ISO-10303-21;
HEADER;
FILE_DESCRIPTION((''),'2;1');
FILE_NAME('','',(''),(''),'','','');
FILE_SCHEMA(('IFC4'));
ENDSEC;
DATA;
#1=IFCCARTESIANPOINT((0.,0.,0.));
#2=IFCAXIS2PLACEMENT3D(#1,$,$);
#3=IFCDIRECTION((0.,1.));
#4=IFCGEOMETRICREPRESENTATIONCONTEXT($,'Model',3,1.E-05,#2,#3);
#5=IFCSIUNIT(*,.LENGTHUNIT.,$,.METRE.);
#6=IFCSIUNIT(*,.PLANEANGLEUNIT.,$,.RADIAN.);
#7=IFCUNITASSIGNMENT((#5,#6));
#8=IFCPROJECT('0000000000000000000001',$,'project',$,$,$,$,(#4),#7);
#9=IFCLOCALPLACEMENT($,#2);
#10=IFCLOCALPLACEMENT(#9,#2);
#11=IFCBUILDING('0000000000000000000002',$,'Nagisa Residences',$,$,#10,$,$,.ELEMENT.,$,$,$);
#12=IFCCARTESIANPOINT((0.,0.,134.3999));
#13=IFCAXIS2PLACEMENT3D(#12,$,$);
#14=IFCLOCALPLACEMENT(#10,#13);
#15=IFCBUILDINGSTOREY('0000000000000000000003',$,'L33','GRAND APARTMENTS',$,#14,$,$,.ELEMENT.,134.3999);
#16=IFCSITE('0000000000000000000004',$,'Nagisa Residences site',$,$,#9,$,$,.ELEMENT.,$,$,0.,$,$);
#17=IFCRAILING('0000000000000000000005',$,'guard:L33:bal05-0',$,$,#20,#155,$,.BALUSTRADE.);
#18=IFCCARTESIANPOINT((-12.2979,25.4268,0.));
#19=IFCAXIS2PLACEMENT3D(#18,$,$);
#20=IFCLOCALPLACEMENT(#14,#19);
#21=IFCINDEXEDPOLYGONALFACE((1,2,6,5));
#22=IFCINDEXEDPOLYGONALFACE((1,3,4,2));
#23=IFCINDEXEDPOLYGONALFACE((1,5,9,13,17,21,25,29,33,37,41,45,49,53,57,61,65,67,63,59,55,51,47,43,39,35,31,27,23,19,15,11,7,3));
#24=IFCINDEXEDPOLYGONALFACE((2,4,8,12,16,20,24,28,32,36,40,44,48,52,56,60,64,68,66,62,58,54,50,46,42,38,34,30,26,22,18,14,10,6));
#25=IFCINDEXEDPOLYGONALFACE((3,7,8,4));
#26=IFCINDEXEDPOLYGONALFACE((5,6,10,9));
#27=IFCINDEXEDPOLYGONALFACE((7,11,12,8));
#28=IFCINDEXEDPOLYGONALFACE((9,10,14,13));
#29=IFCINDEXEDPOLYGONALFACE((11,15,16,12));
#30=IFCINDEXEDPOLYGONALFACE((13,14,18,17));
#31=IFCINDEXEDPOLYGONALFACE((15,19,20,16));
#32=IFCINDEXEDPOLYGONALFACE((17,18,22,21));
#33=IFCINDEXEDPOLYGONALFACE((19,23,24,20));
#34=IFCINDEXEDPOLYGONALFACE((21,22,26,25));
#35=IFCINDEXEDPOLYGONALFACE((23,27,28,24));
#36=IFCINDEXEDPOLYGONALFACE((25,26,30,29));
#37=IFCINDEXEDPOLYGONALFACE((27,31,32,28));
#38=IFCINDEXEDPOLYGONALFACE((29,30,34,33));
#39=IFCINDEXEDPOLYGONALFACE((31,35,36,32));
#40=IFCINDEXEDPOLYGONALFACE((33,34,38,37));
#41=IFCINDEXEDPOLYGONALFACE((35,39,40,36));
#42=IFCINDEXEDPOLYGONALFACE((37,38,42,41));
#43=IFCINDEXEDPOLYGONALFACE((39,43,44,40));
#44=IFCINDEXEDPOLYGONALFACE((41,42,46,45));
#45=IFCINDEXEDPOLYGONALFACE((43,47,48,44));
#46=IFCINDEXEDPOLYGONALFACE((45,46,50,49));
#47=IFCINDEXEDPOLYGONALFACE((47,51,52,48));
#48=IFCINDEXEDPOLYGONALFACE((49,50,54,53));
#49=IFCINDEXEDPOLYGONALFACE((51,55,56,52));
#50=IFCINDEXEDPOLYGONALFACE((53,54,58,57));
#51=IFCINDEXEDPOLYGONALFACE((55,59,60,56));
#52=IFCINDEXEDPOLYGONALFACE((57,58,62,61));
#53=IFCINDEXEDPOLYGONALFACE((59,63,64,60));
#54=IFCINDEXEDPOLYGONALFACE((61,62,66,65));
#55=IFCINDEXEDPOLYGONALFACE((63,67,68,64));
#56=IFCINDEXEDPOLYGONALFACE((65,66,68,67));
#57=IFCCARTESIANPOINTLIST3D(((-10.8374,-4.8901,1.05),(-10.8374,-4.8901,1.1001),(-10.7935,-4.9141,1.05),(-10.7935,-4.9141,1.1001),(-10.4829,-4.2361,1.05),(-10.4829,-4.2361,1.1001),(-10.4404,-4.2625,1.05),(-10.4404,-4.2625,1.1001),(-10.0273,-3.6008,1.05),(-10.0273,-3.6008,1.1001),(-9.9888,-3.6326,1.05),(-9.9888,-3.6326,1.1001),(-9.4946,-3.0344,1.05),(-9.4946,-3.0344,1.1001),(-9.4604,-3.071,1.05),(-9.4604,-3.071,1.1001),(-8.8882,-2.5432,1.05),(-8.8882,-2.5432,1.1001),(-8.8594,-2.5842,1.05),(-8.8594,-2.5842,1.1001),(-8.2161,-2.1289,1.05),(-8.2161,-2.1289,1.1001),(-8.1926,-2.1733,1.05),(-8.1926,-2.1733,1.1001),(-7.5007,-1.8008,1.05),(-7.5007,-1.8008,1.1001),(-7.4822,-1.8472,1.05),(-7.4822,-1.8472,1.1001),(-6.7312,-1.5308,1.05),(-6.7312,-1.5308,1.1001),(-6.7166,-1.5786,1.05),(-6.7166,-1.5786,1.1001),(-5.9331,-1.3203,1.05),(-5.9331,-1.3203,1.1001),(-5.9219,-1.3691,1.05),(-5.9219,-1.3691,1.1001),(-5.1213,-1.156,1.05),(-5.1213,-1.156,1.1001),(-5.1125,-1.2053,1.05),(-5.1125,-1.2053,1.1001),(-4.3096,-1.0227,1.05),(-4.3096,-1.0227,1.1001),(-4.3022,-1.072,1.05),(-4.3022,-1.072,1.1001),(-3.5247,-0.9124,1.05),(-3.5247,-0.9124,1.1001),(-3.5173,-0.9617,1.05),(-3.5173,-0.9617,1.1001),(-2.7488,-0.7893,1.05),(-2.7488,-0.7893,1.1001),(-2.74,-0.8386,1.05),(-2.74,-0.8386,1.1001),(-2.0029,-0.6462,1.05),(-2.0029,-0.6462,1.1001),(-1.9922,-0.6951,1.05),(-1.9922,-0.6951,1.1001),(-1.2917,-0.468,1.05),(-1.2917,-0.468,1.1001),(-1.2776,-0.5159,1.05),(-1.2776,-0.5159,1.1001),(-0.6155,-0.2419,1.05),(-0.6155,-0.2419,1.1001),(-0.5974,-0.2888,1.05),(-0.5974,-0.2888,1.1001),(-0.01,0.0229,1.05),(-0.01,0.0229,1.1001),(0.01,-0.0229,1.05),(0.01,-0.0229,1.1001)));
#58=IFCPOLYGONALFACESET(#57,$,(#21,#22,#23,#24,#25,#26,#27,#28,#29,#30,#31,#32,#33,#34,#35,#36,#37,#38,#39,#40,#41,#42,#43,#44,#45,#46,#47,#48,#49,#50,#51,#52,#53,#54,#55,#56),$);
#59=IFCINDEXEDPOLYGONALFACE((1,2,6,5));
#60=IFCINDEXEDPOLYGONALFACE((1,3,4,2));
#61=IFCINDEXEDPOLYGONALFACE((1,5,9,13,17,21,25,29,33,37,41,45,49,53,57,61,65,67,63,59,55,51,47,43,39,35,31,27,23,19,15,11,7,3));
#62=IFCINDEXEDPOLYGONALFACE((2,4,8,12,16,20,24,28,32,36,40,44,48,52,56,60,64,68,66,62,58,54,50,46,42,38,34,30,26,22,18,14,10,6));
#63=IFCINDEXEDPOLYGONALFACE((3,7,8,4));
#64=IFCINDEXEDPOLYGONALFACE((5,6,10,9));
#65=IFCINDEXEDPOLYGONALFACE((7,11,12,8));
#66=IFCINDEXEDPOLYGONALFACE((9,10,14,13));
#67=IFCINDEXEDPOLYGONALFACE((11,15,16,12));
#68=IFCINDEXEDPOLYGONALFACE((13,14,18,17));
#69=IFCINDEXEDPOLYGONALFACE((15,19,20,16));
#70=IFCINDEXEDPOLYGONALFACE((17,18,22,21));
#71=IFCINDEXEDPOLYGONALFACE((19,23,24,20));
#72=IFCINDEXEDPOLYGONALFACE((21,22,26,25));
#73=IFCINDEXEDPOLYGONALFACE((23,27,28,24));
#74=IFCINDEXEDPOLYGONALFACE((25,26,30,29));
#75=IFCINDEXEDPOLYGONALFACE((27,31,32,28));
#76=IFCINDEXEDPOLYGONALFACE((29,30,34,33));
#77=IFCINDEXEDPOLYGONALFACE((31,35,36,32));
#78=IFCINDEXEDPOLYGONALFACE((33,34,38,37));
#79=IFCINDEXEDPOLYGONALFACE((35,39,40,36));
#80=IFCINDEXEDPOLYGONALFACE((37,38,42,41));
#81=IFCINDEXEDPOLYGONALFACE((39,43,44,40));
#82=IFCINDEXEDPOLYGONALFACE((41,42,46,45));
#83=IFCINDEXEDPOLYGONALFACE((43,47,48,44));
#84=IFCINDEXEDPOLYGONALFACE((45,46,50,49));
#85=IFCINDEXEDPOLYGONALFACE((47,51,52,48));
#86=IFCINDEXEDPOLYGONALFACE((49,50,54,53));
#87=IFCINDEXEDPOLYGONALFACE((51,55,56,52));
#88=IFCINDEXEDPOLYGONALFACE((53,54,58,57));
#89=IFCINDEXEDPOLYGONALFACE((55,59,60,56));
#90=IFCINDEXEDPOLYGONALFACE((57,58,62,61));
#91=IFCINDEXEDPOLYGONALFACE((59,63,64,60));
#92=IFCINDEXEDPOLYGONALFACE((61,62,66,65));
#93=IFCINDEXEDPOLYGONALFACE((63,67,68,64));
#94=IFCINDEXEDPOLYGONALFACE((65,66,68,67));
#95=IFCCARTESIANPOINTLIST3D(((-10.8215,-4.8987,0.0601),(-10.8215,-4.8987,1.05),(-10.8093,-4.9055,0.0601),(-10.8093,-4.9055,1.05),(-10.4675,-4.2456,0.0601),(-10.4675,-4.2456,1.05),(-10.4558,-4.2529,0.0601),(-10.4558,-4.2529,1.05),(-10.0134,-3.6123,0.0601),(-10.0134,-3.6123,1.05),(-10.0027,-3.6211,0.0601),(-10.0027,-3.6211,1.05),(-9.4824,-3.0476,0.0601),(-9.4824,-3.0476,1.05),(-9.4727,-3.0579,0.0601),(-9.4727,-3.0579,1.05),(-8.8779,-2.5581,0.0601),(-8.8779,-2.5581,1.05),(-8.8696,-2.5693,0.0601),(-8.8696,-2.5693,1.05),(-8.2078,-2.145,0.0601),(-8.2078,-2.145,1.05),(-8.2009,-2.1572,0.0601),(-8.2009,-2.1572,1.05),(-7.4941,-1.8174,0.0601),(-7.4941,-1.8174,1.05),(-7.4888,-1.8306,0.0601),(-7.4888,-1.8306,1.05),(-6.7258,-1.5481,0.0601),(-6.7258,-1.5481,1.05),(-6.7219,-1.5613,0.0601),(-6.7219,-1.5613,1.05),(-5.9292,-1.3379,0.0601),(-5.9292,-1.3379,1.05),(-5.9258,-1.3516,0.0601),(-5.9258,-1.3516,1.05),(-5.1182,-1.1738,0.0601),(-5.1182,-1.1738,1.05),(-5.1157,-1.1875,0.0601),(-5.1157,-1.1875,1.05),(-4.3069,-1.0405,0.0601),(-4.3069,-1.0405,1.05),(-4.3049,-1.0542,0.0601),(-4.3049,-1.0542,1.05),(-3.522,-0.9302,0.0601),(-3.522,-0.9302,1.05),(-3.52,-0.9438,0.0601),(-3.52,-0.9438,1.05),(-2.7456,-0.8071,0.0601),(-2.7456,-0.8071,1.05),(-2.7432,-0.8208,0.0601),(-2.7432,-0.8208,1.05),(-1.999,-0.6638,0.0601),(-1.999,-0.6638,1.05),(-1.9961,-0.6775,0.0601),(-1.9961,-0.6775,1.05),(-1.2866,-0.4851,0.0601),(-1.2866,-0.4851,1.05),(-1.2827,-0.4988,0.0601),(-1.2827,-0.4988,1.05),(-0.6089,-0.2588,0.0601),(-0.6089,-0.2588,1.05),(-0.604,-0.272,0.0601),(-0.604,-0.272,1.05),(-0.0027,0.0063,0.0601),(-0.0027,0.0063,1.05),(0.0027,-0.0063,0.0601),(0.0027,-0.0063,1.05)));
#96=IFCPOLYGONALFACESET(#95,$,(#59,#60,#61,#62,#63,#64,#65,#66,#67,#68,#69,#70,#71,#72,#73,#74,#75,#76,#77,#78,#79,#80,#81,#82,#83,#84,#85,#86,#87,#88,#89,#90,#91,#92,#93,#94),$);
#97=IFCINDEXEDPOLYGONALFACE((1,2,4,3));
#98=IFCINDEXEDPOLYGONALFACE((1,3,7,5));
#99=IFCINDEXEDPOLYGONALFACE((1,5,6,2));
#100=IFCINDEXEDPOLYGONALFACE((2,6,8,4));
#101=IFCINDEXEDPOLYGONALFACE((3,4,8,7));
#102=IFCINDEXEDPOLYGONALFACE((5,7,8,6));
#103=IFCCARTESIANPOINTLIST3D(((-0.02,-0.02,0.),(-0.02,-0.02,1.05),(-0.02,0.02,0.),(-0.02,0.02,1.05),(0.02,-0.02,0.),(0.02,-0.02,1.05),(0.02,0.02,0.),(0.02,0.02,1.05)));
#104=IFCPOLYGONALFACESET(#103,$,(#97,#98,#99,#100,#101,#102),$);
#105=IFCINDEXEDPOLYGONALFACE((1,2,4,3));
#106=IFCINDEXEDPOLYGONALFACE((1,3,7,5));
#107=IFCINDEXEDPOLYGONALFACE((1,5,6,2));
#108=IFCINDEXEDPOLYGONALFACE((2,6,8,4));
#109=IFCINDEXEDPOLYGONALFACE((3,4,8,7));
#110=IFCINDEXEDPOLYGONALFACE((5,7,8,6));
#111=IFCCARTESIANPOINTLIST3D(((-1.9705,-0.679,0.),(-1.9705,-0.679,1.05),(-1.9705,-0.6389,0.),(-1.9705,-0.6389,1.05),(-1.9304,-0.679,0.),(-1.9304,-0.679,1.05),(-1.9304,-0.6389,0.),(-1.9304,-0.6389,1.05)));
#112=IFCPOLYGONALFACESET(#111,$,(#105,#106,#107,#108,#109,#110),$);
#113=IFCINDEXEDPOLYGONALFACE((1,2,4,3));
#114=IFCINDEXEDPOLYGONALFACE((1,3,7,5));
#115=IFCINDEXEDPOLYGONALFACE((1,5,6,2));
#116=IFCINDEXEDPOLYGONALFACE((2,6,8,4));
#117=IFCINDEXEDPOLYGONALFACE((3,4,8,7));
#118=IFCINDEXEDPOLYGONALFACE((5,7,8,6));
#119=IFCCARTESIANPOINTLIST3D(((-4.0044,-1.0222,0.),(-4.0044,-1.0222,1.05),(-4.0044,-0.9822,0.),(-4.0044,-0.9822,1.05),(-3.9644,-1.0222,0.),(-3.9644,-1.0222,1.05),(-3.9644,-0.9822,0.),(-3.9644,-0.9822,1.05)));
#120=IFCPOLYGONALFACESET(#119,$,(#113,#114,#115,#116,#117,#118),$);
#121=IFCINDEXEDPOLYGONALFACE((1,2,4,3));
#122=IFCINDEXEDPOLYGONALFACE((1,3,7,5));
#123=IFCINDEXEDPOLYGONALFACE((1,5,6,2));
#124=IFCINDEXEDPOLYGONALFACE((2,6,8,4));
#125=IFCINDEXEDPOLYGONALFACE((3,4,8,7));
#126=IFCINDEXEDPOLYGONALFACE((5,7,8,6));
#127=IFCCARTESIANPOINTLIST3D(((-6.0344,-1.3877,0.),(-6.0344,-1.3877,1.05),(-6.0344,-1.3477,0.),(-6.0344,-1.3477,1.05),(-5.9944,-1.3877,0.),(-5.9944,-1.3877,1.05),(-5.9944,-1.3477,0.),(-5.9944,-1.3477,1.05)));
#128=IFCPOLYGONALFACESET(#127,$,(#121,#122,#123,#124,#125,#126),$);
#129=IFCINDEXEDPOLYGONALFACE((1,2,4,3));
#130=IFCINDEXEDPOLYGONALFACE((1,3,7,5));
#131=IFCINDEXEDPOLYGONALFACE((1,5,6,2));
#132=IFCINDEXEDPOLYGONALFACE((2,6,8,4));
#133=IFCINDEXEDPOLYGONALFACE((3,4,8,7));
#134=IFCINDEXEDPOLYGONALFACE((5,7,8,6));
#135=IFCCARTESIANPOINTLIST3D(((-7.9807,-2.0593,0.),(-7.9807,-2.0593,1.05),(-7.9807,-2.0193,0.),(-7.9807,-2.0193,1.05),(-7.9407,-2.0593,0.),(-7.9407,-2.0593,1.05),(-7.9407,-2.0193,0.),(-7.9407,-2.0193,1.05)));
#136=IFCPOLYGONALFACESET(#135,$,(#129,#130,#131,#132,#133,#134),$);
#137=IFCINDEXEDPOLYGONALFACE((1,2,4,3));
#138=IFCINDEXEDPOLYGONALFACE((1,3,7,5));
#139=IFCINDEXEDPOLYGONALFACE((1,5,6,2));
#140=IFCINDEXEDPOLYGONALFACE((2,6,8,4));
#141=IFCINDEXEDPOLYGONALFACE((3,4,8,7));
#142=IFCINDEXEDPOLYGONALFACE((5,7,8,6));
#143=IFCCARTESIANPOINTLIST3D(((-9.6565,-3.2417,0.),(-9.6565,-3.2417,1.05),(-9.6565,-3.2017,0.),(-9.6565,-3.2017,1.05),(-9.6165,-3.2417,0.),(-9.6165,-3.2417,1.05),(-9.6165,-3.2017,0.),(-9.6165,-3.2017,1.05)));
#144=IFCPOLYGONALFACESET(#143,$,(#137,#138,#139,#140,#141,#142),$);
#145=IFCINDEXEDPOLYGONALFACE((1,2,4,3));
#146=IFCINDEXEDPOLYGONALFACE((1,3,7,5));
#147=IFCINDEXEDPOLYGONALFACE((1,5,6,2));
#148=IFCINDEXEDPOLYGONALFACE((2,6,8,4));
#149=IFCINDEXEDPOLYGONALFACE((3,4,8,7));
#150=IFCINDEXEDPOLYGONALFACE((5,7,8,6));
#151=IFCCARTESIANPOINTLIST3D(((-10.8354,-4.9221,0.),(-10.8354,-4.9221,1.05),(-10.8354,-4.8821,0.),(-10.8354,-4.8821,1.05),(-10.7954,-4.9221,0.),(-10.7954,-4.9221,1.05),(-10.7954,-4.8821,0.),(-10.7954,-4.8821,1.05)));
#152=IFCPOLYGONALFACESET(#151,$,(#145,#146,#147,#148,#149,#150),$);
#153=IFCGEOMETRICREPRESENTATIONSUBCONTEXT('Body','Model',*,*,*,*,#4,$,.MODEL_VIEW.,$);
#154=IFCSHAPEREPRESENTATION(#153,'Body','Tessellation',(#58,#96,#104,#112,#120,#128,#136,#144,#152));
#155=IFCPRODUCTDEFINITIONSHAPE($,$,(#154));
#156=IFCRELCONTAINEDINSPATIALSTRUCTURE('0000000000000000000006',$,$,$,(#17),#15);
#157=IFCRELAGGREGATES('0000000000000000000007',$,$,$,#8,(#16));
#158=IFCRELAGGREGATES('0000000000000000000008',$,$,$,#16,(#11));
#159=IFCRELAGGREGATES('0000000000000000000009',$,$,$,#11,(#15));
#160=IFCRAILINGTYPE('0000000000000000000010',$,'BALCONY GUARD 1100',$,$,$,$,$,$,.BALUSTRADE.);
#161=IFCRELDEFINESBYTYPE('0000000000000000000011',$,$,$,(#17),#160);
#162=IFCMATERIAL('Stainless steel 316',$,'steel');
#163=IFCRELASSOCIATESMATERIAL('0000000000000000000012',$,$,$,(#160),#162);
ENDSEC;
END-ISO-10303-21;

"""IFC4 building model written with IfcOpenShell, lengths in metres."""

from ifc_helpers import new_model, si_unit, direction, frame, origin, origin_2d, place, context, subcontext, project, spatial, polyline, rectangle, outline, extrude, material, type_object, element, save


model = new_model("IFC4")

# Units and contexts
model_context = context("Model", 3, precision=1e-05, world=origin(), true_north=direction((0.0, 1.0)))
body_context = subcontext(model_context, "Body", "Model", "MODEL_VIEW")
ifc_project = project(units=[si_unit("LENGTHUNIT", "METRE"), si_unit("PLANEANGLEUNIT", "RADIAN")], contexts=[model_context])

# Site, building, storey
site_placement = place(None, origin())
site = spatial("IfcSite", under=ifc_project, at=site_placement, Name="Nagisa Residences site", CompositionType="ELEMENT", RefElevation=0.0)
building_placement = place(site_placement, origin())
building = spatial("IfcBuilding", under=site, at=building_placement, Name="Nagisa Residences", CompositionType="ELEMENT")
storey_placement = place(building_placement, frame((0.0, 0.0, 134.3999)))
storey = spatial("IfcBuildingStorey", under=building, at=storey_placement, Name="L33", Description="GRAND APARTMENTS", CompositionType="ELEMENT", Elevation=134.3999)

# Railing
ifc_material_1 = material(Name="Stainless steel 316", Category="steel")
railing_type = type_object("IfcRailingType", Name="BALCONY GUARD 1100", PredefinedType="BALUSTRADE", material=ifc_material_1)
railing_1_placement = place(storey_placement, frame((-12.2979, 25.4268, 0.0)))
element("IfcRailing", 1, at=railing_1_placement, inside=storey, type_object=railing_type, Name="guard:L33:bal05-0", PredefinedType="BALUSTRADE", context=body_context, shape_type="SweptSolid", body=[
    extrude(outline(polyline([(-0.5974, -0.2888), (0.01, -0.0229), (-0.01, 0.0229), (-0.6155, -0.2419), (-1.2917, -0.468), (-2.0029, -0.6462), (-2.7488, -0.7893), (-3.5247, -0.9124), (-4.3096, -1.0227), (-5.1213, -1.156), (-5.9331, -1.3203), (-6.7312, -1.5308), (-7.5007, -1.8008), (-8.2161, -2.1289), (-8.8882, -2.5432), (-9.4946, -3.0344), (-10.0273, -3.6008), (-10.4829, -4.2361), (-10.8374, -4.8901), (-10.7935, -4.9141), (-10.4404, -4.2625), (-9.9888, -3.6326), (-9.4604, -3.071), (-8.8594, -2.5842), (-8.1926, -2.1733), (-7.4822, -1.8472), (-6.7166, -1.5786), (-5.9219, -1.3691), (-5.1125, -1.2053), (-4.3022, -1.072), (-3.5173, -0.9617), (-2.74, -0.8386), (-1.9922, -0.6951), (-1.2776, -0.5159), (-0.5974, -0.2888)])), frame((0.0, 0.0, 1.05)), (0.0, 0.0, 1.0), 0.05),
    extrude(outline(polyline([(-0.604, -0.272), (0.0027, -0.0063), (-0.0027, 0.0063), (-0.6089, -0.2588), (-1.2866, -0.4851), (-1.999, -0.6638), (-2.7456, -0.8071), (-3.522, -0.9302), (-4.3069, -1.0405), (-5.1182, -1.1738), (-5.9292, -1.3379), (-6.7258, -1.5481), (-7.4941, -1.8174), (-8.2078, -2.145), (-8.8779, -2.5581), (-9.4824, -3.0476), (-10.0134, -3.6123), (-10.4675, -4.2456), (-10.8215, -4.8987), (-10.8093, -4.9055), (-10.4558, -4.2529), (-10.0027, -3.6211), (-9.4727, -3.0579), (-8.8696, -2.5693), (-8.2009, -2.1572), (-7.4888, -1.8306), (-6.7219, -1.5613), (-5.9258, -1.3516), (-5.1157, -1.1875), (-4.3049, -1.0542), (-3.52, -0.9438), (-2.7432, -0.8208), (-1.9961, -0.6775), (-1.2827, -0.4988), (-0.604, -0.272)])), frame((0.0, 0.0, 0.0601)), (0.0, 0.0, 1.0), 0.99),
    extrude(rectangle(XDim=0.04, YDim=0.04, at=origin_2d()), origin(), (0.0, 0.0, 1.0), 1.05),
    extrude(rectangle(XDim=0.04, YDim=0.04, at=origin_2d()), frame((-1.9504, -0.6589, 0.0)), (0.0, 0.0, 1.0), 1.05),
    extrude(rectangle(XDim=0.04, YDim=0.04, at=origin_2d()), frame((-3.9844, -1.0022, 0.0)), (0.0, 0.0, 1.0), 1.05),
    extrude(rectangle(XDim=0.04, YDim=0.04, at=origin_2d()), frame((-6.0144, -1.3677, 0.0)), (0.0, 0.0, 1.0), 1.05),
    extrude(rectangle(XDim=0.04, YDim=0.04, at=origin_2d()), frame((-7.9607, -2.0393, 0.0)), (0.0, 0.0, 1.0), 1.05),
    extrude(rectangle(XDim=0.04, YDim=0.04, at=origin_2d()), frame((-9.6365, -3.2217, 0.0)), (0.0, 0.0, 1.0), 1.05),
    extrude(rectangle(XDim=0.04, YDim=0.04, at=origin_2d()), frame((-10.8154, -4.9021, 0.0)), (0.0, 0.0, 1.0), 1.05),
])

save(model, "model.ifc")
